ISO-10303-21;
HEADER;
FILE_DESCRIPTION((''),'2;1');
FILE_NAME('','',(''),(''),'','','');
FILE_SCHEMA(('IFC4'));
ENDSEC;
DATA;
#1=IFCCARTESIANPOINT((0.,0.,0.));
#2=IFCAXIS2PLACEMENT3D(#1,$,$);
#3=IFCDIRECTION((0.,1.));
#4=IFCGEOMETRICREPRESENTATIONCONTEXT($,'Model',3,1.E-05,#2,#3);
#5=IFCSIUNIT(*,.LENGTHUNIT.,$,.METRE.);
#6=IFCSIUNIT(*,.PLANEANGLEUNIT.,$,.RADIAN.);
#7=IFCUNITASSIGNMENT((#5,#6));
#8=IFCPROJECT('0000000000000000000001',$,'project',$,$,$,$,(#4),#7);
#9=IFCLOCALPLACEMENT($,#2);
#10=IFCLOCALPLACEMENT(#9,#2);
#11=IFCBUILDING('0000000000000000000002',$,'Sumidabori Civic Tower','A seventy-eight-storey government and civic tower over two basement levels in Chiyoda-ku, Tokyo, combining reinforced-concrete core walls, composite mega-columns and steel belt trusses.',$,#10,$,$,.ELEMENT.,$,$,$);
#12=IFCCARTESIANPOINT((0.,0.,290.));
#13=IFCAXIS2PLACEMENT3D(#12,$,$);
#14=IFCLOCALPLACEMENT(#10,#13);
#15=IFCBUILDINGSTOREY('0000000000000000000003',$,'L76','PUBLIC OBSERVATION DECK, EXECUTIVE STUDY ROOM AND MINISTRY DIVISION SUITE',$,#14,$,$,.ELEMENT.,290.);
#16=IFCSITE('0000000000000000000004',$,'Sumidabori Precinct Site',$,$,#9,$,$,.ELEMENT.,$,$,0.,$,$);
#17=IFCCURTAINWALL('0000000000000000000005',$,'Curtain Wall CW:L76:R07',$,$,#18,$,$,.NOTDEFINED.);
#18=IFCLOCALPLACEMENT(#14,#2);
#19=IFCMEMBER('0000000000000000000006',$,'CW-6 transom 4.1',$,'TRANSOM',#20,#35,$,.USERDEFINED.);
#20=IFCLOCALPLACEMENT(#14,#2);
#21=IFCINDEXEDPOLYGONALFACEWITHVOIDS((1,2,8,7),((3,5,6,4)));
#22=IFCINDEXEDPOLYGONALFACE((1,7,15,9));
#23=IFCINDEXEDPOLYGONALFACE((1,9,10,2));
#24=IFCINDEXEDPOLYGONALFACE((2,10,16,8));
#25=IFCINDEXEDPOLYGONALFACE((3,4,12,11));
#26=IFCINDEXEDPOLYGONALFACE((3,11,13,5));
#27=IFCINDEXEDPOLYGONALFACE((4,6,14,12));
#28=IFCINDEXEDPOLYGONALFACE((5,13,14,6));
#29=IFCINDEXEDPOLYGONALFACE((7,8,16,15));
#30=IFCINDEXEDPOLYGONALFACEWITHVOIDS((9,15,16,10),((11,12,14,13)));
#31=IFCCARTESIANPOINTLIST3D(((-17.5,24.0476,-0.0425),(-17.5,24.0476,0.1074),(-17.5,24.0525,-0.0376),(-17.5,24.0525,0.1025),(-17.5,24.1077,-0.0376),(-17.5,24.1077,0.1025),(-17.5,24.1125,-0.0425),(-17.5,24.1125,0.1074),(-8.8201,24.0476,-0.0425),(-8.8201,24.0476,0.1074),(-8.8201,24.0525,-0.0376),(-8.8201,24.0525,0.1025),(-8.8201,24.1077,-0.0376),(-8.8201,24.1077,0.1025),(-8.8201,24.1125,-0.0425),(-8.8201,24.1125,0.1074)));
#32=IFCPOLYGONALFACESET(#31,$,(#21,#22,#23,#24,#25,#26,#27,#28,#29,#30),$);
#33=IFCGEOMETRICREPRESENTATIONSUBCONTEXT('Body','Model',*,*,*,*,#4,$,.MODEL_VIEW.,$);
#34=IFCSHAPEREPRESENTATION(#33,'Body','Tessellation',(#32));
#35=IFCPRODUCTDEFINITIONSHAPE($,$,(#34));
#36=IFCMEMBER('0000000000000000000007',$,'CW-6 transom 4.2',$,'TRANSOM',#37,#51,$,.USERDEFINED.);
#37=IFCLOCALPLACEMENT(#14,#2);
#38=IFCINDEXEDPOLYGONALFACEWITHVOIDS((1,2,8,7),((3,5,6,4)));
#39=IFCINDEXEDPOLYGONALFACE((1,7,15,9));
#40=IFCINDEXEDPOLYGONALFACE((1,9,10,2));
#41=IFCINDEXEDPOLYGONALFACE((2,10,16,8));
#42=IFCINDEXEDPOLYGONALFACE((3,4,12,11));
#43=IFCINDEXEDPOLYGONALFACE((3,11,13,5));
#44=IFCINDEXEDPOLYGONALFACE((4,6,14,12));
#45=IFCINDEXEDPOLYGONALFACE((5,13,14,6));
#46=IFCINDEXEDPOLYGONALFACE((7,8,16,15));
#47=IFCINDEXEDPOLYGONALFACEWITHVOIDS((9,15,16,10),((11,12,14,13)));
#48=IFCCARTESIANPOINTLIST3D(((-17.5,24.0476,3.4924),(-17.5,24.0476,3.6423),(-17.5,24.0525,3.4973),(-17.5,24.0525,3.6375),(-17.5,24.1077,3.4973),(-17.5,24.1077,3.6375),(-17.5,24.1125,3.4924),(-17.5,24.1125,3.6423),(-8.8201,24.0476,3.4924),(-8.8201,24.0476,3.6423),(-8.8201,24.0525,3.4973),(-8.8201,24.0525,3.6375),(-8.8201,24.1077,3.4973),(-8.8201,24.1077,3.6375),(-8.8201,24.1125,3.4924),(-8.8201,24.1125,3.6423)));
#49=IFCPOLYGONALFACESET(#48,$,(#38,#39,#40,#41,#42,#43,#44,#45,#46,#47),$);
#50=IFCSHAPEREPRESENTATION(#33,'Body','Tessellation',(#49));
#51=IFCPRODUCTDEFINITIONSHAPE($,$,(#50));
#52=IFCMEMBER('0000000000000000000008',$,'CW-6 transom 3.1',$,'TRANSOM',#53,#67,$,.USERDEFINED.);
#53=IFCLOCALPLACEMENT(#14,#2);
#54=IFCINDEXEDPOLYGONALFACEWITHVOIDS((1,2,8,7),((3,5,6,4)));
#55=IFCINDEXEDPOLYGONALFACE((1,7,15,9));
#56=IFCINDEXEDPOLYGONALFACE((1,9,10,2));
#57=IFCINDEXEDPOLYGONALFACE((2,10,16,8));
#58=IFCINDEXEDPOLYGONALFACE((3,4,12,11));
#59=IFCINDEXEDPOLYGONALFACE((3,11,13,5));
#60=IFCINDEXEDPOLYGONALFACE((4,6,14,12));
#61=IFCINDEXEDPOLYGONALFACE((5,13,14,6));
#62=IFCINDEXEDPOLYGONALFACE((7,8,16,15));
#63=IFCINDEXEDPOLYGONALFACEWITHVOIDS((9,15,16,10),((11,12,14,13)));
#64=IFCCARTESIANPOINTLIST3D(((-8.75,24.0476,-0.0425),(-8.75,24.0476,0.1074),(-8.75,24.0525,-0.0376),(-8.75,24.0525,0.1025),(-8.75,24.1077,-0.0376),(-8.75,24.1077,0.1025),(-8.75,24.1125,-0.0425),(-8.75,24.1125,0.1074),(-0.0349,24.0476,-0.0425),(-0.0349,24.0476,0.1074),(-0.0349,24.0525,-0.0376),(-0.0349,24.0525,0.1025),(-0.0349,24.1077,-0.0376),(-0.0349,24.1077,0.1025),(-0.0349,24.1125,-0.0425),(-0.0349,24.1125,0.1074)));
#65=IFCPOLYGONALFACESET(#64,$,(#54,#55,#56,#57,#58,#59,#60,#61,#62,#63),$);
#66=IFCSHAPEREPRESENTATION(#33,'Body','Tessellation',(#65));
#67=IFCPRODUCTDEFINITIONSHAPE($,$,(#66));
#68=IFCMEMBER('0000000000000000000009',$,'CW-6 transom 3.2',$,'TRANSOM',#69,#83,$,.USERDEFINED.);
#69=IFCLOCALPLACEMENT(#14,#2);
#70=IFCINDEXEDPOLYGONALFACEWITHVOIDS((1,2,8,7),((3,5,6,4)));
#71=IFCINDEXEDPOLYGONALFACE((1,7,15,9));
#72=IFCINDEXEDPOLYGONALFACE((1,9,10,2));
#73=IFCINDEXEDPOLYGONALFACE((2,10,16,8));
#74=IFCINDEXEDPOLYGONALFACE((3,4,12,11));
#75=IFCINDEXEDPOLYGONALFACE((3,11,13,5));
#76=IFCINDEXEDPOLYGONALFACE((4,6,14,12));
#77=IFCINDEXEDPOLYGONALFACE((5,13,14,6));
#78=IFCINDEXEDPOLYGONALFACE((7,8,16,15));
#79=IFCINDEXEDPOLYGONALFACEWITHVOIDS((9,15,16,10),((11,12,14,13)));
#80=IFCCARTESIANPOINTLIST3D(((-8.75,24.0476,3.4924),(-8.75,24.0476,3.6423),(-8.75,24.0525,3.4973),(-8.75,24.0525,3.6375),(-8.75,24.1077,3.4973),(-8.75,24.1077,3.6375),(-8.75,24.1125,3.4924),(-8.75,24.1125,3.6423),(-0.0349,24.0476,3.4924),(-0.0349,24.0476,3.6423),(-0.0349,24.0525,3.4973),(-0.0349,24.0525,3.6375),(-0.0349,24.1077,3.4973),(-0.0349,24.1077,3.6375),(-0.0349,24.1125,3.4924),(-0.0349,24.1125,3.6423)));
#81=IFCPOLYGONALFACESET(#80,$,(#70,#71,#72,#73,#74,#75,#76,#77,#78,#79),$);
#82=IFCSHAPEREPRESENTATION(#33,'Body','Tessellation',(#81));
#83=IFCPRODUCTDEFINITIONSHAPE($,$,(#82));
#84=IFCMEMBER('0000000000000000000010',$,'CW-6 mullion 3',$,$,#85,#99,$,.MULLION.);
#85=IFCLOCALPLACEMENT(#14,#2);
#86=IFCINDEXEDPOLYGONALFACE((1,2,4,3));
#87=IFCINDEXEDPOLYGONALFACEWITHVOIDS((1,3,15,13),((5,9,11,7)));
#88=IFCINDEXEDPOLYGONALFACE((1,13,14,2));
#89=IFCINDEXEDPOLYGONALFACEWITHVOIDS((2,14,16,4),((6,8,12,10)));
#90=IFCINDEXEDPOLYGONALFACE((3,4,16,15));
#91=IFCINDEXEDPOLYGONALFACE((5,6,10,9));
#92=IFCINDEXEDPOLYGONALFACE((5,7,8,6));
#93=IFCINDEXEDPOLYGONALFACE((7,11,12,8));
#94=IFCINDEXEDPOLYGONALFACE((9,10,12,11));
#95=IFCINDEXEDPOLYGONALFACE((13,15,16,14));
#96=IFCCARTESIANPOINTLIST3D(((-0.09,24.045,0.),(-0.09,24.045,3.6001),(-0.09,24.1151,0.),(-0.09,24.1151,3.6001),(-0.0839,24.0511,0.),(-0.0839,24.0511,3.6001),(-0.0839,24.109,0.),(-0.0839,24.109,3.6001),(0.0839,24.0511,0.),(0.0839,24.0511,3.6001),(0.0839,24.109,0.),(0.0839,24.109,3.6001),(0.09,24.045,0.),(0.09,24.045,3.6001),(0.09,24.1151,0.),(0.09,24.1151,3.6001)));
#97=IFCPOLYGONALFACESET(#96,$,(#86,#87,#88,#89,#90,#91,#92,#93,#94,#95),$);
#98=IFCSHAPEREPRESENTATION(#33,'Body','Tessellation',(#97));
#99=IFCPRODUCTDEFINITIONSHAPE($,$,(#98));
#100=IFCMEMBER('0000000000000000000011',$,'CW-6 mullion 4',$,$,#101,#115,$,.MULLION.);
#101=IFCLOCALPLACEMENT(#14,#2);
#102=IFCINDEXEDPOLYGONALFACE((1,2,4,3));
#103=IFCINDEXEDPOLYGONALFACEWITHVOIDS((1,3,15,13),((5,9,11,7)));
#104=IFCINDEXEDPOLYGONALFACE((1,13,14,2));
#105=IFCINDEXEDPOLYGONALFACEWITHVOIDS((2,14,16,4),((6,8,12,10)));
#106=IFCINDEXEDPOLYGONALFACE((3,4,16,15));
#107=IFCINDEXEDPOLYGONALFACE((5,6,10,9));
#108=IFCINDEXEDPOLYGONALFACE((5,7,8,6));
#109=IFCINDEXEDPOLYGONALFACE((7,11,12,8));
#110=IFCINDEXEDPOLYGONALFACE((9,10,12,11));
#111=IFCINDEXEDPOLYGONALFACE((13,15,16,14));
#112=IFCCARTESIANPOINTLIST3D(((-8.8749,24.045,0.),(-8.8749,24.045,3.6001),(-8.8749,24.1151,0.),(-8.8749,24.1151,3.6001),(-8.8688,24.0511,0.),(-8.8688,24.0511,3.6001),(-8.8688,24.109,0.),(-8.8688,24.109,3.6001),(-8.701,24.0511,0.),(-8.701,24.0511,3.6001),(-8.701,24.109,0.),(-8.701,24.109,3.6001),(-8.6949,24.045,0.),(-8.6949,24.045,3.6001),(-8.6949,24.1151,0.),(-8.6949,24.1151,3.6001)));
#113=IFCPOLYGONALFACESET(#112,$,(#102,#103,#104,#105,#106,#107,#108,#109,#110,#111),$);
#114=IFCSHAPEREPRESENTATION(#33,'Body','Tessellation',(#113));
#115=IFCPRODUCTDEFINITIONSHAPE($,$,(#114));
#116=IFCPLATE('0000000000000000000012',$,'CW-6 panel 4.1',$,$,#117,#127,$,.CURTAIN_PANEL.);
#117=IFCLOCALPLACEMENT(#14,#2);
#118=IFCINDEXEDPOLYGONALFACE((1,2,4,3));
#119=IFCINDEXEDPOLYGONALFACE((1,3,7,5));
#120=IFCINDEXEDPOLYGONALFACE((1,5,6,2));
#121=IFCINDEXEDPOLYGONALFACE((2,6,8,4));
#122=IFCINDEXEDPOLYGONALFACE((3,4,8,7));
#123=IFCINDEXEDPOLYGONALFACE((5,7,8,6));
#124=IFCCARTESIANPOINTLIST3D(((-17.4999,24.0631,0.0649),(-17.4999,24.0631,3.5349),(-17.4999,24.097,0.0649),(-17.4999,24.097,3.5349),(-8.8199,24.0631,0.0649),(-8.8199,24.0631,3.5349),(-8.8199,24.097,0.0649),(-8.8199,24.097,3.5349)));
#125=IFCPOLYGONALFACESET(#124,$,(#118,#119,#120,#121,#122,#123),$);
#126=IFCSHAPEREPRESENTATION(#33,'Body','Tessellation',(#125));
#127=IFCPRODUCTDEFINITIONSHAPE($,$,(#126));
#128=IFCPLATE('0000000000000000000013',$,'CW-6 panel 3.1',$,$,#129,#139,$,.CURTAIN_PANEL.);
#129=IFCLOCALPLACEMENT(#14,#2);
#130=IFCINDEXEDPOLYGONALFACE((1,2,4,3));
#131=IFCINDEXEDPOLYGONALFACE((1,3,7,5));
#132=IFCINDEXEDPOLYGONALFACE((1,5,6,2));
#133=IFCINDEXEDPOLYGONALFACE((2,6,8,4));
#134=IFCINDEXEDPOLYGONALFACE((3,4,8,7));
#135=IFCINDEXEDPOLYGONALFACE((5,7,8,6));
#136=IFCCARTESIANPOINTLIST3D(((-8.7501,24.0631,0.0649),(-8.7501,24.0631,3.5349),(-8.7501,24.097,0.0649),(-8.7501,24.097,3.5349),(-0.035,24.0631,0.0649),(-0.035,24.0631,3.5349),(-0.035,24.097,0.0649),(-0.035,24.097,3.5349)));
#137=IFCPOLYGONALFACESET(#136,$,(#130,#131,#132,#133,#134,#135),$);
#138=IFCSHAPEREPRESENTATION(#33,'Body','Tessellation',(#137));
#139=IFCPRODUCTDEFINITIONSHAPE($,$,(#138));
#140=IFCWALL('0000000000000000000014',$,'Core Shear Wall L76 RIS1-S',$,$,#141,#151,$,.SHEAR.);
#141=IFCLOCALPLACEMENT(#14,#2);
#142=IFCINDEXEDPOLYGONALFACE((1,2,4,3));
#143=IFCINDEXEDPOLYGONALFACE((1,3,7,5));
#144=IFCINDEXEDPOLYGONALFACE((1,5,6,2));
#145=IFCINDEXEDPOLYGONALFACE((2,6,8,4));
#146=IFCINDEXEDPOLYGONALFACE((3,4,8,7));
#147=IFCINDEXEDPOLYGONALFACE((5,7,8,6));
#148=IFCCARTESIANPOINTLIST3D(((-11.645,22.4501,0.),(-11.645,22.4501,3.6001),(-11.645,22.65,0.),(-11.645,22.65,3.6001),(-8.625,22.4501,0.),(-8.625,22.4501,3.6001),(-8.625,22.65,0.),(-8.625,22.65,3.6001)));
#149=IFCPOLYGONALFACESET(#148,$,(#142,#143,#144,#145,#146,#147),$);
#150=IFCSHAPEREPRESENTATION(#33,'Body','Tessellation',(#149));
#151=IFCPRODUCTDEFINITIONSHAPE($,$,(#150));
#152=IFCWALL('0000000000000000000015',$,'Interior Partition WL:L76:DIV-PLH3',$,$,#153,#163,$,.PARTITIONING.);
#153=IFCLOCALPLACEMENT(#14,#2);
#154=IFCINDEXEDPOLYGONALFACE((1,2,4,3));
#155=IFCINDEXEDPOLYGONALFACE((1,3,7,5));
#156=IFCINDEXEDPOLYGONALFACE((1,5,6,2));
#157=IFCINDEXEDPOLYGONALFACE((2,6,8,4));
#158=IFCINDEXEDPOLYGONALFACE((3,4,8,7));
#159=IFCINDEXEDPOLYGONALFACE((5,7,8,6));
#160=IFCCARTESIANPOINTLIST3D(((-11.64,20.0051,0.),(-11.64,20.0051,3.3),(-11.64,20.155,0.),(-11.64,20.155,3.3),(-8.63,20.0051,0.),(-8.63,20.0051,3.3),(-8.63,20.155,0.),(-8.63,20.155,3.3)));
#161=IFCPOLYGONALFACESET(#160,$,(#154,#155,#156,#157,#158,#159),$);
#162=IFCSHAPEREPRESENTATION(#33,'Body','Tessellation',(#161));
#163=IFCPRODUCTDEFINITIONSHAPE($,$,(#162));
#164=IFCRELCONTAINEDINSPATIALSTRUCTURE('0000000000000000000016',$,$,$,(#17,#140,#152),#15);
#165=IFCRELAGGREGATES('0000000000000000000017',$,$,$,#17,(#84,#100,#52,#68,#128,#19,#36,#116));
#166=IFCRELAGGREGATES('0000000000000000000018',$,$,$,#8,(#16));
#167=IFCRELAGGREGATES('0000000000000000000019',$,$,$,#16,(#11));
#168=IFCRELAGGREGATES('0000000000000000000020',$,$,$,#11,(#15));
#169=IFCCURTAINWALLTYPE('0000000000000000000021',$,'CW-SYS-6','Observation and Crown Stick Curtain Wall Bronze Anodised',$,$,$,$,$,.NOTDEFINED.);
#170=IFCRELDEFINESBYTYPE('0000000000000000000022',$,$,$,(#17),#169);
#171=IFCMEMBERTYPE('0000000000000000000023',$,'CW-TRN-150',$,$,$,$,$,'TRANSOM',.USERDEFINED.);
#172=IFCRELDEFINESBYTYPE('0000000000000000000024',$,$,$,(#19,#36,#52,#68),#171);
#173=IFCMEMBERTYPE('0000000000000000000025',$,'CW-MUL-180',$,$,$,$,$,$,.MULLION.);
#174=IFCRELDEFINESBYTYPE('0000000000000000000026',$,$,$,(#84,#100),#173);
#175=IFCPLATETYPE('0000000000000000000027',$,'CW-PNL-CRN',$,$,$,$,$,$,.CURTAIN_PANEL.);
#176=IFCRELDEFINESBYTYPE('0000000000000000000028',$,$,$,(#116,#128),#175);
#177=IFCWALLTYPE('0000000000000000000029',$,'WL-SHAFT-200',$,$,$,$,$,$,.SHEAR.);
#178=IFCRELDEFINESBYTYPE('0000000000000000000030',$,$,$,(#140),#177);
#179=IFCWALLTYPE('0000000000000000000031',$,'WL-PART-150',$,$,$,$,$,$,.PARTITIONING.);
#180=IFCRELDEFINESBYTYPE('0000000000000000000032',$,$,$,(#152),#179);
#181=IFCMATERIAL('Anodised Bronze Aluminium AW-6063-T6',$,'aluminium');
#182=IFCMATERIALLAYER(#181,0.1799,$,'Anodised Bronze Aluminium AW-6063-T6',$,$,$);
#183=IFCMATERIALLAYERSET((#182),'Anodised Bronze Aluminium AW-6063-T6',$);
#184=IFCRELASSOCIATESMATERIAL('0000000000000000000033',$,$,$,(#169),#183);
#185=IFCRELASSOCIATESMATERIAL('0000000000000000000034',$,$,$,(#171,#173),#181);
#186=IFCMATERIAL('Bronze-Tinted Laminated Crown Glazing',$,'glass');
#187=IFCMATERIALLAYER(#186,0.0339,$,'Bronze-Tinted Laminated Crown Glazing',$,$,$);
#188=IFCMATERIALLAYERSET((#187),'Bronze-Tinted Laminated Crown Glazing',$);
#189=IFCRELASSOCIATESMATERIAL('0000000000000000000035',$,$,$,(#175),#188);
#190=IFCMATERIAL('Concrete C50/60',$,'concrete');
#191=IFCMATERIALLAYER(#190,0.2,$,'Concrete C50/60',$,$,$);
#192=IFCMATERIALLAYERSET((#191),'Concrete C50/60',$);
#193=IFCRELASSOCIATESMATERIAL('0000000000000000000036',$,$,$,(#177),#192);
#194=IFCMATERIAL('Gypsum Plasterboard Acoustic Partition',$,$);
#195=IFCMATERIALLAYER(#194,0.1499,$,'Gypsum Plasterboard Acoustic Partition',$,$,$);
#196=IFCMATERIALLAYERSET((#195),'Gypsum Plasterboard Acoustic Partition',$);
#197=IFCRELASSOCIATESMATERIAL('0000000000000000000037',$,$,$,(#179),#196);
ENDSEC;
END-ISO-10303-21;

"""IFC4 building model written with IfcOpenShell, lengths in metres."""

from ifc_helpers import new_model, si_unit, direction, frame, frame_2d, origin, origin_2d, place, context, subcontext, project, spatial, rectangle, hollow_rectangle, extrude, source, transform, mapped, material, layer, layer_set, material_profile, profile_set, type_object, element, aggregate, save


model = new_model("IFC4")

# Units and contexts
model_context = context("Model", 3, precision=1e-05, world=origin(), true_north=direction((0.0, 1.0)))
body_context = subcontext(model_context, "Body", "Model", "MODEL_VIEW")
ifc_project = project(units=[si_unit("LENGTHUNIT", "METRE"), si_unit("PLANEANGLEUNIT", "RADIAN")], contexts=[model_context])

# Site, building, storey
site_placement = place(None, origin())
site = spatial("IfcSite", under=ifc_project, at=site_placement, Name="Sumidabori Precinct Site", CompositionType="ELEMENT", RefElevation=0.0)
building_placement = place(site_placement, origin())
building = spatial("IfcBuilding", under=site, at=building_placement, Name="Sumidabori Civic Tower", Description="A seventy-eight-storey government and civic tower over two basement levels in Chiyoda-ku, Tokyo, combining reinforced-concrete core walls, composite mega-columns and steel belt trusses.", CompositionType="ELEMENT")
storey_placement = place(building_placement, frame((0.0, 0.0, 290.0)))
storey = spatial("IfcBuildingStorey", under=building, at=storey_placement, Name="L76", Description="PUBLIC OBSERVATION DECK, EXECUTIVE STUDY ROOM AND MINISTRY DIVISION SUITE", CompositionType="ELEMENT", Elevation=290.0)

# Curtain wall, members, plates
ifc_material_1 = material(Name="Anodised Bronze Aluminium AW-6063-T6", Category="aluminium")
ifc_layer_1 = layer(ifc_material_1, 0.1799, Name="Anodised Bronze Aluminium AW-6063-T6")
ifc_layer_set_1 = layer_set([ifc_layer_1], Name="Anodised Bronze Aluminium AW-6063-T6")
curtain_wall_type = type_object("IfcCurtainWallType", Name="CW-SYS-6", Description="Observation and Crown Stick Curtain Wall Bronze Anodised", PredefinedType="NOTDEFINED", material=ifc_layer_set_1)
curtain_wall_placement = place(storey_placement, origin())
curtain_wall = element("IfcCurtainWall", 1, at=curtain_wall_placement, inside=storey, type_object=curtain_wall_type, Name="Curtain Wall CW:L76:R07", PredefinedType="NOTDEFINED")
ifc_material_profile_1 = material_profile(ifc_material_1, hollow_rectangle(XDim=0.0649, YDim=0.1499, WallThickness=0.0049, at=origin_2d()), Name="ALU TRANSOM 150x65")
ifc_profile_set_1 = profile_set([ifc_material_profile_1], Name="Anodised Bronze Aluminium AW-6063-T6")
member_type_1 = type_object("IfcMemberType", Name="CW-TRN-150", ElementType="TRANSOM", PredefinedType="USERDEFINED", material=ifc_profile_set_1)
shared_shape_1 = source(origin(), body_context, "Body", "SweptSolid", [
    extrude(hollow_rectangle(XDim=0.0649, YDim=0.1499, WallThickness=0.0049, at=origin_2d()), origin(), (0.0, 0.0, 1.0), 8.6799),
])
member_1_placement = place(storey_placement, frame((-8.8201, 24.0801, 0.0325), z_axis=(-1.0, 0.0, 0.0), x_axis=(0.0, -1.0, 0.0)))
member_1 = element("IfcMember", 2, at=member_1_placement, type_object=member_type_1, Name="CW-6 transom 4.1", ObjectType="TRANSOM", PredefinedType="USERDEFINED", context=body_context, shape_type="MappedRepresentation", body=[
    mapped(shared_shape_1, transform((0.0, 0.0, 0.0), x_axis=(1.0, 0.0, 0.0), y_axis=(0.0, 1.0, 0.0), z_axis=(0.0, 0.0, 1.0), scale=1.0)),
])
member_2_placement = place(storey_placement, frame((-8.8201, 24.0801, 3.5674), z_axis=(-1.0, 0.0, 0.0), x_axis=(0.0, -1.0, 0.0)))
member_2 = element("IfcMember", 3, at=member_2_placement, type_object=member_type_1, Name="CW-6 transom 4.2", ObjectType="TRANSOM", PredefinedType="USERDEFINED", context=body_context, shape_type="MappedRepresentation", body=[
    mapped(shared_shape_1, transform((0.0, 0.0, 0.0), x_axis=(1.0, 0.0, 0.0), y_axis=(0.0, 1.0, 0.0), z_axis=(0.0, 0.0, 1.0), scale=1.0)),
])
shared_shape_2 = source(origin(), body_context, "Body", "SweptSolid", [
    extrude(hollow_rectangle(XDim=0.0649, YDim=0.1499, WallThickness=0.0049, at=origin_2d()), origin(), (0.0, 0.0, 1.0), 8.7151),
])
member_3_placement = place(storey_placement, frame((-0.0349, 24.0801, 0.0325), z_axis=(-1.0, 0.0, 0.0), x_axis=(0.0, -1.0, 0.0)))
member_3 = element("IfcMember", 4, at=member_3_placement, type_object=member_type_1, Name="CW-6 transom 3.1", ObjectType="TRANSOM", PredefinedType="USERDEFINED", context=body_context, shape_type="MappedRepresentation", body=[
    mapped(shared_shape_2, transform((0.0, 0.0, 0.0), x_axis=(1.0, 0.0, 0.0), y_axis=(0.0, 1.0, 0.0), z_axis=(0.0, 0.0, 1.0), scale=1.0)),
])
member_4_placement = place(storey_placement, frame((-0.0349, 24.0801, 3.5674), z_axis=(-1.0, 0.0, 0.0), x_axis=(0.0, -1.0, 0.0)))
member_4 = element("IfcMember", 5, at=member_4_placement, type_object=member_type_1, Name="CW-6 transom 3.2", ObjectType="TRANSOM", PredefinedType="USERDEFINED", context=body_context, shape_type="MappedRepresentation", body=[
    mapped(shared_shape_2, transform((0.0, 0.0, 0.0), x_axis=(1.0, 0.0, 0.0), y_axis=(0.0, 1.0, 0.0), z_axis=(0.0, 0.0, 1.0), scale=1.0)),
])
ifc_material_profile_2 = material_profile(ifc_material_1, hollow_rectangle(XDim=0.0701, YDim=0.1799, WallThickness=0.0061, at=origin_2d()), Name="ALU MULLION 180x70")
ifc_profile_set_2 = profile_set([ifc_material_profile_2], Name="Anodised Bronze Aluminium AW-6063-T6")
member_type_2 = type_object("IfcMemberType", Name="CW-MUL-180", PredefinedType="MULLION", material=ifc_profile_set_2)
shared_shape_3 = source(origin(), body_context, "Body", "SweptSolid", [
    extrude(hollow_rectangle(XDim=0.0701, YDim=0.1799, WallThickness=0.0061, at=origin_2d()), origin(), (0.0, 0.0, 1.0), 3.6001),
])
member_5_placement = place(storey_placement, frame((0.0, 24.0801, 0.0), z_axis=(0.0, 0.0, 1.0), x_axis=(0.0, -1.0, 0.0)))
member_5 = element("IfcMember", 6, at=member_5_placement, type_object=member_type_2, Name="CW-6 mullion 3", PredefinedType="MULLION", context=body_context, shape_type="MappedRepresentation", body=[
    mapped(shared_shape_3, transform((0.0, 0.0, 0.0), x_axis=(1.0, 0.0, 0.0), y_axis=(0.0, 1.0, 0.0), z_axis=(0.0, 0.0, 1.0), scale=1.0)),
])
member_6_placement = place(storey_placement, frame((-8.7849, 24.0801, 0.0), z_axis=(0.0, 0.0, 1.0), x_axis=(0.0, -1.0, 0.0)))
member_6 = element("IfcMember", 7, at=member_6_placement, type_object=member_type_2, Name="CW-6 mullion 4", PredefinedType="MULLION", context=body_context, shape_type="MappedRepresentation", body=[
    mapped(shared_shape_3, transform((0.0, 0.0, 0.0), x_axis=(1.0, 0.0, 0.0), y_axis=(0.0, 1.0, 0.0), z_axis=(0.0, 0.0, 1.0), scale=1.0)),
])
ifc_material_2 = material(Name="Bronze-Tinted Laminated Crown Glazing", Category="glass")
ifc_layer_2 = layer(ifc_material_2, 0.0339, Name="Bronze-Tinted Laminated Crown Glazing")
ifc_layer_set_2 = layer_set([ifc_layer_2], Name="Bronze-Tinted Laminated Crown Glazing")
plate_type = type_object("IfcPlateType", Name="CW-PNL-CRN", PredefinedType="CURTAIN_PANEL", material=ifc_layer_set_2)
shared_shape_4 = source(origin(), body_context, "Body", "SweptSolid", [
    extrude(rectangle(XDim=8.6799, YDim=0.0339, at=origin_2d()), origin(), (0.0, 0.0, 1.0), 3.47),
])
plate_1_placement = place(storey_placement, frame((-13.1599, 24.0801, 0.0649), z_axis=(0.0, 0.0, 1.0), x_axis=(-1.0, 0.0, 0.0)))
plate_1 = element("IfcPlate", 8, at=plate_1_placement, type_object=plate_type, Name="CW-6 panel 4.1", PredefinedType="CURTAIN_PANEL", context=body_context, shape_type="MappedRepresentation", body=[
    mapped(shared_shape_4, transform((0.0, 0.0, 0.0), x_axis=(1.0, 0.0, 0.0), y_axis=(0.0, 1.0, 0.0), z_axis=(0.0, 0.0, 1.0), scale=1.0)),
])
shared_shape_5 = source(origin(), body_context, "Body", "SweptSolid", [
    extrude(rectangle(XDim=8.7151, YDim=0.0339, at=origin_2d()), origin(), (0.0, 0.0, 1.0), 3.47),
])
plate_2_placement = place(storey_placement, frame((-4.3926, 24.0801, 0.0649), z_axis=(0.0, 0.0, 1.0), x_axis=(-1.0, 0.0, 0.0)))
plate_2 = element("IfcPlate", 9, at=plate_2_placement, type_object=plate_type, Name="CW-6 panel 3.1", PredefinedType="CURTAIN_PANEL", context=body_context, shape_type="MappedRepresentation", body=[
    mapped(shared_shape_5, transform((0.0, 0.0, 0.0), x_axis=(1.0, 0.0, 0.0), y_axis=(0.0, 1.0, 0.0), z_axis=(0.0, 0.0, 1.0), scale=1.0)),
])
aggregate(curtain_wall, [member_5, member_6, member_3, member_4, plate_2, member_1, member_2, plate_1])

# Walls
ifc_material_3 = material(Name="Concrete C50/60", Category="concrete")
ifc_layer_3 = layer(ifc_material_3, 0.2, Name="Concrete C50/60")
ifc_layer_set_3 = layer_set([ifc_layer_3], Name="Concrete C50/60")
wall_type_1 = type_object("IfcWallType", Name="WL-SHAFT-200", PredefinedType="SHEAR", material=ifc_layer_set_3)
shared_shape_6 = source(origin(), body_context, "Body", "SweptSolid", [
    extrude(rectangle(XDim=3.02, YDim=0.2, at=frame_2d((1.51, 0.0))), origin(), (0.0, 0.0, 1.0), 3.6001),
])
wall_1_placement = place(storey_placement, frame((-11.645, 22.55, 0.0), z_axis=(0.0, 0.0, 1.0), x_axis=(1.0, 0.0, 0.0)))
element("IfcWall", 10, at=wall_1_placement, inside=storey, type_object=wall_type_1, Name="Core Shear Wall L76 RIS1-S", PredefinedType="SHEAR", context=body_context, shape_type="MappedRepresentation", body=[
    mapped(shared_shape_6, transform((0.0, 0.0, 0.0), x_axis=(1.0, 0.0, 0.0), y_axis=(0.0, 1.0, 0.0), z_axis=(0.0, 0.0, 1.0), scale=1.0)),
])
ifc_material_4 = material(Name="Gypsum Plasterboard Acoustic Partition")
ifc_layer_4 = layer(ifc_material_4, 0.1499, Name="Gypsum Plasterboard Acoustic Partition")
ifc_layer_set_4 = layer_set([ifc_layer_4], Name="Gypsum Plasterboard Acoustic Partition")
wall_type_2 = type_object("IfcWallType", Name="WL-PART-150", PredefinedType="PARTITIONING", material=ifc_layer_set_4)
shared_shape_7 = source(origin(), body_context, "Body", "SweptSolid", [
    extrude(rectangle(XDim=3.01, YDim=0.1499, at=frame_2d((1.5049, 0.0))), origin(), (0.0, 0.0, 1.0), 3.3),
])
wall_2_placement = place(storey_placement, frame((-11.6399, 20.0801, 0.0), z_axis=(0.0, 0.0, 1.0), x_axis=(1.0, 0.0, 0.0)))
element("IfcWall", 11, at=wall_2_placement, inside=storey, type_object=wall_type_2, Name="Interior Partition WL:L76:DIV-PLH3", PredefinedType="PARTITIONING", context=body_context, shape_type="MappedRepresentation", body=[
    mapped(shared_shape_7, transform((0.0, 0.0, 0.0), x_axis=(1.0, 0.0, 0.0), y_axis=(0.0, 1.0, 0.0), z_axis=(0.0, 0.0, 1.0), scale=1.0)),
])

save(model, "model.ifc")
